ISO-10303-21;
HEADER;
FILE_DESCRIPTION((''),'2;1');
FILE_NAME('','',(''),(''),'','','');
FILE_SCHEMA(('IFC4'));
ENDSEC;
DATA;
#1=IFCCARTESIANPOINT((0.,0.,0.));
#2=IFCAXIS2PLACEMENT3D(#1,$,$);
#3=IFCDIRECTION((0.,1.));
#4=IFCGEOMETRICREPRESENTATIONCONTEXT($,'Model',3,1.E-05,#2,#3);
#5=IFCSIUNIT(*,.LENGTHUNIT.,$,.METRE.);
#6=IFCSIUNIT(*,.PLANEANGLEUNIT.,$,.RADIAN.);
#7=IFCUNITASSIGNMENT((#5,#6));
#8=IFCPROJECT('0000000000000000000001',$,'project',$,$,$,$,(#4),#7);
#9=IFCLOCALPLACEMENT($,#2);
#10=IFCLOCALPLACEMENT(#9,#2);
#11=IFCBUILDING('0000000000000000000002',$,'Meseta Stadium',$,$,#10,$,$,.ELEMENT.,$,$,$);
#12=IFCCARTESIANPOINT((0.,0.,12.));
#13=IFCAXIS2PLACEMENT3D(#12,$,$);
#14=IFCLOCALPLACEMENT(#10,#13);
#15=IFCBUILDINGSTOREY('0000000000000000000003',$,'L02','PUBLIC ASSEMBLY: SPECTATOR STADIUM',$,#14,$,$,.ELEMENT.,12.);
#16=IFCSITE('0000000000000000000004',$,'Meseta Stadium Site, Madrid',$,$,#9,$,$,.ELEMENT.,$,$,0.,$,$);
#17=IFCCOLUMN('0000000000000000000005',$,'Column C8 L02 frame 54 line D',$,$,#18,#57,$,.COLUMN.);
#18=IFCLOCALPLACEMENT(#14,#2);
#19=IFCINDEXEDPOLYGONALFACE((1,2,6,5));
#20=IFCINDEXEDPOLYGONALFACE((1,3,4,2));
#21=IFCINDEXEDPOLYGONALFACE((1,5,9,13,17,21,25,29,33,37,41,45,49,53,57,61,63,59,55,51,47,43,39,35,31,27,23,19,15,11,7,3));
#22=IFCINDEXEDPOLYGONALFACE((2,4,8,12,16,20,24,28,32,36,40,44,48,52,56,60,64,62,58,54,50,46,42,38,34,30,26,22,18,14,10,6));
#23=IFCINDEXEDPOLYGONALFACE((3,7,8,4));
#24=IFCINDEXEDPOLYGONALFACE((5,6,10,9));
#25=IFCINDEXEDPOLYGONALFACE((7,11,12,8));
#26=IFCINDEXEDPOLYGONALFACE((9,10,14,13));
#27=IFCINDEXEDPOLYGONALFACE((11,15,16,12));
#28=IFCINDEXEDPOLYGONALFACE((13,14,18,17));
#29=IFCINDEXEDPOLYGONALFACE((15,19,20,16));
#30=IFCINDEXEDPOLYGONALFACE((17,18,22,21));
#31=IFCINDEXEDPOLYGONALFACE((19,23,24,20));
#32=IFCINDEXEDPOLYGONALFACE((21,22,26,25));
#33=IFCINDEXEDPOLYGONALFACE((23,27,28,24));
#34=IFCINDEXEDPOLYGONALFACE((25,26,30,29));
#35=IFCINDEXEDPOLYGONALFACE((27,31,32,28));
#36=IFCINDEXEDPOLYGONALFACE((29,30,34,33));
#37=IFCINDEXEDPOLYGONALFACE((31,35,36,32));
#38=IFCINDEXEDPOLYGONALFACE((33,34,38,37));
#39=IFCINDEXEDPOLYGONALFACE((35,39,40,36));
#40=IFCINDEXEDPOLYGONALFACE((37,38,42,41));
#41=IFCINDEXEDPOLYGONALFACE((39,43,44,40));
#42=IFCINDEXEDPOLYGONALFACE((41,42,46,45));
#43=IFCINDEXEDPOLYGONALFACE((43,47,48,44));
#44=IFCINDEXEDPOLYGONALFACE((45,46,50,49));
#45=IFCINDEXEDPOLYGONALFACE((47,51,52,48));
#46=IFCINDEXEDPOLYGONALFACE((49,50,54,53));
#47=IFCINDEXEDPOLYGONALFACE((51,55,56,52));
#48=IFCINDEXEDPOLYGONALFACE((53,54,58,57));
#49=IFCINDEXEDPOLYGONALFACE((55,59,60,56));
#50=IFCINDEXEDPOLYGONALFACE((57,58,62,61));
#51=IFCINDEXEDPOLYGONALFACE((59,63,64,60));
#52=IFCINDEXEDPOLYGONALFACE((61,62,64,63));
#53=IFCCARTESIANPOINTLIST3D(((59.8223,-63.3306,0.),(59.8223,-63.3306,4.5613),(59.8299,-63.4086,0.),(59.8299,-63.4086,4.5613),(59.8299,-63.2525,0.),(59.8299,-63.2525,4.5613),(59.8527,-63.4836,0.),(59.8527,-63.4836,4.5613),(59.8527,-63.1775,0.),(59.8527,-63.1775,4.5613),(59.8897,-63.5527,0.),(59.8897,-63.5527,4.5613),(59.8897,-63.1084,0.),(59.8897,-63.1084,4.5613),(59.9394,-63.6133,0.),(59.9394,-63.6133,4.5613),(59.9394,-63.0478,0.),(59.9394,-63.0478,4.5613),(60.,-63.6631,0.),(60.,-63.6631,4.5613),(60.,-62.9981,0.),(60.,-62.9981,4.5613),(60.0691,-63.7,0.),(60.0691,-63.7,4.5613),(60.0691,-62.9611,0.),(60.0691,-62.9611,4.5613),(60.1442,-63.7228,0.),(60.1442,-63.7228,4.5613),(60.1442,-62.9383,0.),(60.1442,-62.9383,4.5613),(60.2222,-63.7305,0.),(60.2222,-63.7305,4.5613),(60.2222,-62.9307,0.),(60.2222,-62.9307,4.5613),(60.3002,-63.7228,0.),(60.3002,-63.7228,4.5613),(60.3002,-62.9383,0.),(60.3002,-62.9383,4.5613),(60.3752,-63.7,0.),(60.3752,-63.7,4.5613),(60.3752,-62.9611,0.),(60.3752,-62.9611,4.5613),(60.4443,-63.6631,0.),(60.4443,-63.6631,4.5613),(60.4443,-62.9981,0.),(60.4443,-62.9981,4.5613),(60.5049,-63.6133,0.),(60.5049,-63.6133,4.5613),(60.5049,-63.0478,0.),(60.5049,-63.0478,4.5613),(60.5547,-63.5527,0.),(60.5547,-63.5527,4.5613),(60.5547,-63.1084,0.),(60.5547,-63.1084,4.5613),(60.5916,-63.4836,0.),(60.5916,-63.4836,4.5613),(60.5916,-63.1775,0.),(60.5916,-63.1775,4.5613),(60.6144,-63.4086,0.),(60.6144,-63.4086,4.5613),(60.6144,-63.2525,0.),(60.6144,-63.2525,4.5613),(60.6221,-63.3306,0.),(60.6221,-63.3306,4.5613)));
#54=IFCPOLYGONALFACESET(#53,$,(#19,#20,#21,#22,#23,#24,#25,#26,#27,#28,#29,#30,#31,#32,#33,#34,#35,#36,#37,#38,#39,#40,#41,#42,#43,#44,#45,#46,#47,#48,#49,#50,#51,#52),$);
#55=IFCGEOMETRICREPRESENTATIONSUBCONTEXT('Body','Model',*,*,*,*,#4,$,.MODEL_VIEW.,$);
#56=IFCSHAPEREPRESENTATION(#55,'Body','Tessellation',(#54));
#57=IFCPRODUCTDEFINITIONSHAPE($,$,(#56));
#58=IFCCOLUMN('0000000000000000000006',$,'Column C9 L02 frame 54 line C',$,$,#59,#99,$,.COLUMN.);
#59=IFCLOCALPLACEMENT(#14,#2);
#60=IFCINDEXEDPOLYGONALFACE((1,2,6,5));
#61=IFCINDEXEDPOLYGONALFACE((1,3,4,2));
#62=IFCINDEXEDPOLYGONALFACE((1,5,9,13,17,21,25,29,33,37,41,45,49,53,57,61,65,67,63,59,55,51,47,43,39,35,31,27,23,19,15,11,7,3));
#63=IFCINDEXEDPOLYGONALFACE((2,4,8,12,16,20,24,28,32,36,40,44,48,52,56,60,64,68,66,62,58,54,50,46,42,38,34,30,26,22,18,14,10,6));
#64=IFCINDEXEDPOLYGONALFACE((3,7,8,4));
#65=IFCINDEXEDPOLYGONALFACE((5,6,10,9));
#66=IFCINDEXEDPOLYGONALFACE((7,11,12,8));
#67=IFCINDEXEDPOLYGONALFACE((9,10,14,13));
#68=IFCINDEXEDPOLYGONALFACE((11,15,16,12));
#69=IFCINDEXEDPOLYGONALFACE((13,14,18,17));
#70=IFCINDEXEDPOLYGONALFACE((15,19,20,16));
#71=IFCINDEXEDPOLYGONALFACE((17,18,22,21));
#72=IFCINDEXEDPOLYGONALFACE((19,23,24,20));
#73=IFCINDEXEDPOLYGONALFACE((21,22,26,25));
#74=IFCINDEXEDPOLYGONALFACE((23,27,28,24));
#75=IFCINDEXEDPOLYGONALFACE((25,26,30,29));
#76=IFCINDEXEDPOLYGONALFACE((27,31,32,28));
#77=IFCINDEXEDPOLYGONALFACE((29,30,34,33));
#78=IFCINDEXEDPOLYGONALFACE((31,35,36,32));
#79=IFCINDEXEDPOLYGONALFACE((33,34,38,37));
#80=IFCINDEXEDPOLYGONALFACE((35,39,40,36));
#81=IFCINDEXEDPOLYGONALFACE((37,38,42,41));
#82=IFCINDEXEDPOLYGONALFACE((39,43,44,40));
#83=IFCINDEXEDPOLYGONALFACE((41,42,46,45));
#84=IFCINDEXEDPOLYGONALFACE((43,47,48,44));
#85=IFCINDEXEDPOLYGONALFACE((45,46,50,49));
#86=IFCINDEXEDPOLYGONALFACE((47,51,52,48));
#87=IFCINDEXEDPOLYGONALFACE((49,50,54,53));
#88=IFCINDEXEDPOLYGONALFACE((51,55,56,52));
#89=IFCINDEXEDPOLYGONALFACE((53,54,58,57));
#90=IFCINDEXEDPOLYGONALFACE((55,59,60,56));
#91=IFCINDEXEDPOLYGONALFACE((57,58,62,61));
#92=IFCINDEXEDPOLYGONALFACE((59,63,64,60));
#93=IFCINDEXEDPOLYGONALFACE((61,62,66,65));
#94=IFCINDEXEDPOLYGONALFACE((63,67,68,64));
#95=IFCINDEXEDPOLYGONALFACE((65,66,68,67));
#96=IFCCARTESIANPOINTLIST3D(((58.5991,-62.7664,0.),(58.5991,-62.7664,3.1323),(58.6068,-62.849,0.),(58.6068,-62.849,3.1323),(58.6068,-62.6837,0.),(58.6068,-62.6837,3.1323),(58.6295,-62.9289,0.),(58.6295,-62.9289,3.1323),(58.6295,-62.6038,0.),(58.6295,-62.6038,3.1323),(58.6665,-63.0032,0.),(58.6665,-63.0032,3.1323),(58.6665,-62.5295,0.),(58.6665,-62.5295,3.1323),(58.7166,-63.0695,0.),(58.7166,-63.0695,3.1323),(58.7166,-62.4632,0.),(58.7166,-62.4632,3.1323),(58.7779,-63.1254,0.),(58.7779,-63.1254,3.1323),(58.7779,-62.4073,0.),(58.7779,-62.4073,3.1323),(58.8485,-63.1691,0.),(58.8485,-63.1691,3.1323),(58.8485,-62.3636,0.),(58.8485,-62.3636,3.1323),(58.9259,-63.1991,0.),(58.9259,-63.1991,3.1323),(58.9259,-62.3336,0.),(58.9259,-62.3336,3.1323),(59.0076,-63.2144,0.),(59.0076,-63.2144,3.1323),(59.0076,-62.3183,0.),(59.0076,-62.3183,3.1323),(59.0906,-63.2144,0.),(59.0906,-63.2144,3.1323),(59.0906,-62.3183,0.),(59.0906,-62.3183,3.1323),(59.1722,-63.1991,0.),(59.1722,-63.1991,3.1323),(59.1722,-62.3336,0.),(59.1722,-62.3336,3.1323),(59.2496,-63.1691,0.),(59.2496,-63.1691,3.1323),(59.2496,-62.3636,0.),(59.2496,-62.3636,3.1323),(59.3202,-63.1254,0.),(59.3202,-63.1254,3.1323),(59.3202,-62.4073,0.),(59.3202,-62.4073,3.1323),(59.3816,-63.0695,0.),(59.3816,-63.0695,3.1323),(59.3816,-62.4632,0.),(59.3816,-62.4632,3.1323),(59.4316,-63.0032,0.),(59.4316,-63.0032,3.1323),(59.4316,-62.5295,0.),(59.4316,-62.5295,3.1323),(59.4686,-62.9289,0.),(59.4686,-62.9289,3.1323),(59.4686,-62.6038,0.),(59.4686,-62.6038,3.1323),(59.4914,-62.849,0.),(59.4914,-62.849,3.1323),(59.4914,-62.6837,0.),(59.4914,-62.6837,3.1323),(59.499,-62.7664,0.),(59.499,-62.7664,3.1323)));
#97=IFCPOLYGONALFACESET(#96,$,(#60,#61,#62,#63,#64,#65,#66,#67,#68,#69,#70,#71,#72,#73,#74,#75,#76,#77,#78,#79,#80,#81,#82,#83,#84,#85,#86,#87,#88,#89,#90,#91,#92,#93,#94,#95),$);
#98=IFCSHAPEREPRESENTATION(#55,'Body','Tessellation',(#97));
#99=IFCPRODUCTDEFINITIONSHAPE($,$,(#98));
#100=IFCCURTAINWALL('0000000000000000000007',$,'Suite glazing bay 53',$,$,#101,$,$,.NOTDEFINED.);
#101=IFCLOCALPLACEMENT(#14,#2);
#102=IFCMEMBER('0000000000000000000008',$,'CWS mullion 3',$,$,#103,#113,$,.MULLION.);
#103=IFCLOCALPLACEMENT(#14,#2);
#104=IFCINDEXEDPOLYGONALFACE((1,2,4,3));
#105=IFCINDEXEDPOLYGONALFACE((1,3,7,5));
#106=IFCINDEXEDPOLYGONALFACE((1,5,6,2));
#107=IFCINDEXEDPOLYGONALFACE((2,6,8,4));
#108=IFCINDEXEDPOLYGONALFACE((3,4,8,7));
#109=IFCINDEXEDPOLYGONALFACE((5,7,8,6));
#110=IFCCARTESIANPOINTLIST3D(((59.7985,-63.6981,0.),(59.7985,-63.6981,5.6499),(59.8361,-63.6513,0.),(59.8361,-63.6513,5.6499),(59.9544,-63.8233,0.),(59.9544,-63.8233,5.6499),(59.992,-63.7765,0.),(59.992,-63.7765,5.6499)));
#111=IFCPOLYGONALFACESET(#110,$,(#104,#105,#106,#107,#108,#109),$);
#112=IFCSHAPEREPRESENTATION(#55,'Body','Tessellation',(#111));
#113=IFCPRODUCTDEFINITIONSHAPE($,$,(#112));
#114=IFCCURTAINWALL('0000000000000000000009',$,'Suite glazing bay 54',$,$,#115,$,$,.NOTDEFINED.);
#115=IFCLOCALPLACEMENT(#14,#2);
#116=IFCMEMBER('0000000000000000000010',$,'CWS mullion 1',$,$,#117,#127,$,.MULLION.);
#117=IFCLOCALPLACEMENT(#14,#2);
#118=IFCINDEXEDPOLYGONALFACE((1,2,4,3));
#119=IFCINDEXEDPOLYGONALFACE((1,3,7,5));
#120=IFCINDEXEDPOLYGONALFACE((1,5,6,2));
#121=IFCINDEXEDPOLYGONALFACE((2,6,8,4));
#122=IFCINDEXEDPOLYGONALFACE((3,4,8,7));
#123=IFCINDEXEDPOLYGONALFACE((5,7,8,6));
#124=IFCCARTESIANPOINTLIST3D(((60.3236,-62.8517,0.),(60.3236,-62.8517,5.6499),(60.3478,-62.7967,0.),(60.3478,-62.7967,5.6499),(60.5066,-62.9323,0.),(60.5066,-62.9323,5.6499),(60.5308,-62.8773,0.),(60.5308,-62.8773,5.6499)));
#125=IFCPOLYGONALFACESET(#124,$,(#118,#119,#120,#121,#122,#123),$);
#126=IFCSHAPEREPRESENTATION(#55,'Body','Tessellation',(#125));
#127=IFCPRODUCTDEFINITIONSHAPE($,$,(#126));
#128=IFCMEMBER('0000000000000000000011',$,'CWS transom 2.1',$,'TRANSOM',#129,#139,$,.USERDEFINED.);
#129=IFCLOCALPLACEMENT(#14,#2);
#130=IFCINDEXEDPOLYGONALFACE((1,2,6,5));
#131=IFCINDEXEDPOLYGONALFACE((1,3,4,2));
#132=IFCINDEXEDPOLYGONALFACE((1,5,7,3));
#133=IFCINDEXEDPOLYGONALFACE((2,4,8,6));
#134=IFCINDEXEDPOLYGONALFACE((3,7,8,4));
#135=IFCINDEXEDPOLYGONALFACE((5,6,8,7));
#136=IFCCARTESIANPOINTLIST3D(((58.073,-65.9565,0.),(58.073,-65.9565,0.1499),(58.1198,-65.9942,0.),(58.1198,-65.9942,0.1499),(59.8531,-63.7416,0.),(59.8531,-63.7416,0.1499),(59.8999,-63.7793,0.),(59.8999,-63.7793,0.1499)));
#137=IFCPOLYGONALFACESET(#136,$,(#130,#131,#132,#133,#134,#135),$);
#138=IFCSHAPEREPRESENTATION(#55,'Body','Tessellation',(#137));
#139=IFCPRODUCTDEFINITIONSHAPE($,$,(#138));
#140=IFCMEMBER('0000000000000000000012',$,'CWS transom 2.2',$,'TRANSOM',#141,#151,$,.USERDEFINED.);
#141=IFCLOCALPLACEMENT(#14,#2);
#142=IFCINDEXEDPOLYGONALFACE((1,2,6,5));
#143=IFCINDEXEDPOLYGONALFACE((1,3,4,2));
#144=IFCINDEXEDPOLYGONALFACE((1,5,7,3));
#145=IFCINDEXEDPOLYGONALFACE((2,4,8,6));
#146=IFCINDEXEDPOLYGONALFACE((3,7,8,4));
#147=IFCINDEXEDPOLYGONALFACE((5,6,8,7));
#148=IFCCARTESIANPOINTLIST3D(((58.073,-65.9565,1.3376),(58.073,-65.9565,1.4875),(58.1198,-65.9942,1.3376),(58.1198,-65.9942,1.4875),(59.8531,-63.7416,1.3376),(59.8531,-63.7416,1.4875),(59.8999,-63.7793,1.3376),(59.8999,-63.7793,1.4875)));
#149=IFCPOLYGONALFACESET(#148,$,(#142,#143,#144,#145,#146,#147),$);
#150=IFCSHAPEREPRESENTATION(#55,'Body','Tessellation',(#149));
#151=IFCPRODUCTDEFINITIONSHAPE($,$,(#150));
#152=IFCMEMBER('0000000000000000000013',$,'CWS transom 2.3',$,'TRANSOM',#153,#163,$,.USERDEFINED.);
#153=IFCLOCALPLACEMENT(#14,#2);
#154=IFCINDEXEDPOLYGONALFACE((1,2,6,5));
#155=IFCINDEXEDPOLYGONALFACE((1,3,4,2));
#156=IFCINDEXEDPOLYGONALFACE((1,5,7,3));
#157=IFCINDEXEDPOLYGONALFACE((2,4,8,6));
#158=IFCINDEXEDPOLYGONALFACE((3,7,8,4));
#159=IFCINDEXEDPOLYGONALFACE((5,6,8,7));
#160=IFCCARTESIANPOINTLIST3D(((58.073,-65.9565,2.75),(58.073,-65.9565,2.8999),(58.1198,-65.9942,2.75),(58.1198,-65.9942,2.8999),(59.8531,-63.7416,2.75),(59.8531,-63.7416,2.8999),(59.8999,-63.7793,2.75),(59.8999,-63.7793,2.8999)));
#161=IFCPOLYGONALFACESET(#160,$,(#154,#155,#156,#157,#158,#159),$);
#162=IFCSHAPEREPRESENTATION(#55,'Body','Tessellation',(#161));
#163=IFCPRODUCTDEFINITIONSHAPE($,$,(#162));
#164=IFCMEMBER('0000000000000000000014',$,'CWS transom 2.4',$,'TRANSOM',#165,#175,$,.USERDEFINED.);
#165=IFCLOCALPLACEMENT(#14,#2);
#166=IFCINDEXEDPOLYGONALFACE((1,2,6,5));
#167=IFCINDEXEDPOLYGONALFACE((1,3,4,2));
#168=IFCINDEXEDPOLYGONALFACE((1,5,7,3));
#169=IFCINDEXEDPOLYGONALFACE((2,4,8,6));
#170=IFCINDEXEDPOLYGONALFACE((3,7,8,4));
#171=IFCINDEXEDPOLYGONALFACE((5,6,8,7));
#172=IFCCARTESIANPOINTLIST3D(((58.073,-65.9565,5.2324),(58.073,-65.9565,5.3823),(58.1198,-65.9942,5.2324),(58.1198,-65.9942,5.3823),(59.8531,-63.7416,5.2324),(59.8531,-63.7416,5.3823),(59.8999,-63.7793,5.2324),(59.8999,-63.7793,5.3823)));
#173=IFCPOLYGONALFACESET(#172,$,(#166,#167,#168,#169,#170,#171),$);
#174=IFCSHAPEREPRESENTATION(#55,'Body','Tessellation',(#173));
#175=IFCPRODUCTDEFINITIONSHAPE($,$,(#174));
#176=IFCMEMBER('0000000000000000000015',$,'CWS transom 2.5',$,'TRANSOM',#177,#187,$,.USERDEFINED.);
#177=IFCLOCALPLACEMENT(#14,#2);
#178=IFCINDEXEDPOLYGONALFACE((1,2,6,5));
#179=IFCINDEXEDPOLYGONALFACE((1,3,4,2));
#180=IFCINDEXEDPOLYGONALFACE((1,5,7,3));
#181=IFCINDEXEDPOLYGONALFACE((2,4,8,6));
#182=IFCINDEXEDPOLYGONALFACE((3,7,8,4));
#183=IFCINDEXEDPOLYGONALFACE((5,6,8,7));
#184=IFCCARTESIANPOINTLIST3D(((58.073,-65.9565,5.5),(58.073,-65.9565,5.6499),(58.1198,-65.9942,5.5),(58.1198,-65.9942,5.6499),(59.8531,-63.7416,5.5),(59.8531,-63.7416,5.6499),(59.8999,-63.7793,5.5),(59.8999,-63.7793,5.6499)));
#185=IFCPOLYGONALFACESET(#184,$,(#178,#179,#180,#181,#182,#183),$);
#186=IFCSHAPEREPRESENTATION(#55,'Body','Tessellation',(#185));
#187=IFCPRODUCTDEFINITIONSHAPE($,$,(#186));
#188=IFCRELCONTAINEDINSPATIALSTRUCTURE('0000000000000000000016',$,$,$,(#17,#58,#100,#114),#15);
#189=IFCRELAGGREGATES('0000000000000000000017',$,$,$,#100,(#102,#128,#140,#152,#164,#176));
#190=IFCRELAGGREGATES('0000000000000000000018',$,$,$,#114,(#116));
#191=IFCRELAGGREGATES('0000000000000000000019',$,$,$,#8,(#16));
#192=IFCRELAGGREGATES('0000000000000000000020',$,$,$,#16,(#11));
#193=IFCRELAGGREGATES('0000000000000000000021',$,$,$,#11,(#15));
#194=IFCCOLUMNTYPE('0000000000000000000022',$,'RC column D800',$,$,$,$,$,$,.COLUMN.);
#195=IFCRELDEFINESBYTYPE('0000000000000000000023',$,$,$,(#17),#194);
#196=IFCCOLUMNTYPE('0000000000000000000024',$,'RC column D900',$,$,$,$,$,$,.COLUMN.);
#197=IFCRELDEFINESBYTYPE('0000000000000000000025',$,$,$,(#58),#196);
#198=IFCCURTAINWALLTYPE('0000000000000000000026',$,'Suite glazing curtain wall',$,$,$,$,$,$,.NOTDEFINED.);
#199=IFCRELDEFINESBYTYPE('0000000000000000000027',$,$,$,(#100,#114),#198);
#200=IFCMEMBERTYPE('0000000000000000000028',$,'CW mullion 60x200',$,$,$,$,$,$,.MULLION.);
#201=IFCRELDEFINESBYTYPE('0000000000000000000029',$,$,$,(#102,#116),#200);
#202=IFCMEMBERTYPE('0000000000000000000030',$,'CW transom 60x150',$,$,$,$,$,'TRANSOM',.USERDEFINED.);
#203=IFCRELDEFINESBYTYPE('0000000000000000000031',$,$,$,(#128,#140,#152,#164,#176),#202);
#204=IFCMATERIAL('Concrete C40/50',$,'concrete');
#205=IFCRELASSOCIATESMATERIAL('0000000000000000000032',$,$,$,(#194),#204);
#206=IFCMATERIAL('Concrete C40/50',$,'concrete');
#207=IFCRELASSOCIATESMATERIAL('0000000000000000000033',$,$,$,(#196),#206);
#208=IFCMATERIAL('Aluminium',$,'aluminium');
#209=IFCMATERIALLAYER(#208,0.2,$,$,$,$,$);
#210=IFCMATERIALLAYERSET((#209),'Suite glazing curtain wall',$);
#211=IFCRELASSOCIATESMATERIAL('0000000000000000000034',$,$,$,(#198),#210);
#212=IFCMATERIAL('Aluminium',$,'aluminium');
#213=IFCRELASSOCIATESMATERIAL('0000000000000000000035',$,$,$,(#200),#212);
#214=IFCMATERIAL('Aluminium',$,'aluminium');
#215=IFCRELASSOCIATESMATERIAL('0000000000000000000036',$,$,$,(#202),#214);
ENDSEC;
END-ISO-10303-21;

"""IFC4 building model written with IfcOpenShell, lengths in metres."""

from ifc_helpers import new_model, si_unit, direction, frame, origin, origin_2d, place, context, subcontext, project, spatial, rectangle, circle, extrude, material, layer, layer_set, material_profile, profile_set, type_object, element, aggregate, save


model = new_model("IFC4")

# Units and contexts
model_context = context("Model", 3, precision=1e-05, world=origin(), true_north=direction((0.0, 1.0)))
body_context = subcontext(model_context, "Body", "Model", "MODEL_VIEW")
ifc_project = project(units=[si_unit("LENGTHUNIT", "METRE"), si_unit("PLANEANGLEUNIT", "RADIAN")], contexts=[model_context])

# Site, building, storey
site_placement = place(None, origin())
site = spatial("IfcSite", under=ifc_project, at=site_placement, Name="Meseta Stadium Site, Madrid", CompositionType="ELEMENT", RefElevation=0.0)
building_placement = place(site_placement, origin())
building = spatial("IfcBuilding", under=site, at=building_placement, Name="Meseta Stadium", CompositionType="ELEMENT")
storey_placement = place(building_placement, frame((0.0, 0.0, 12.0)))
storey = spatial("IfcBuildingStorey", under=building, at=storey_placement, Name="L02", Description="PUBLIC ASSEMBLY: SPECTATOR STADIUM", CompositionType="ELEMENT", Elevation=12.0)

# Columns
ifc_material_1 = material(Name="Concrete C40/50", Category="concrete")
ifc_material_profile_1 = material_profile(ifc_material_1, circle(Radius=0.3999, at=origin_2d()), Name="RC D800")
ifc_profile_set_1 = profile_set([ifc_material_profile_1], Name="Concrete C40/50")
column_type_1 = type_object("IfcColumnType", Name="RC column D800", PredefinedType="COLUMN", material=ifc_profile_set_1)
column_1_placement = place(storey_placement, frame((60.2222, -63.3306, 0.0), z_axis=(0.0, 0.0, 1.0), x_axis=(1.0, 0.0, 0.0)))
element("IfcColumn", 1, at=column_1_placement, inside=storey, type_object=column_type_1, Name="Column C8 L02 frame 54 line D", PredefinedType="COLUMN", context=body_context, shape_type="SweptSolid", body=[
    extrude(circle(Radius=0.3999, at=origin_2d()), origin(), (0.0, 0.0, 1.0), 4.5613),
])
ifc_material_2 = material(Name="Concrete C40/50", Category="concrete")
ifc_material_profile_2 = material_profile(ifc_material_2, circle(Radius=0.45, at=origin_2d()), Name="RC D900")
ifc_profile_set_2 = profile_set([ifc_material_profile_2], Name="Concrete C40/50")
column_type_2 = type_object("IfcColumnType", Name="RC column D900", PredefinedType="COLUMN", material=ifc_profile_set_2)
column_2_placement = place(storey_placement, frame((59.0491, -62.7664, 0.0), z_axis=(0.0, 0.0, 1.0), x_axis=(1.0, 0.0, 0.0)))
element("IfcColumn", 2, at=column_2_placement, inside=storey, type_object=column_type_2, Name="Column C9 L02 frame 54 line C", PredefinedType="COLUMN", context=body_context, shape_type="SweptSolid", body=[
    extrude(circle(Radius=0.45, at=origin_2d()), origin(), (0.0, 0.0, 1.0), 3.1323),
])

# Curtain walls, members
ifc_material_3 = material(Name="Aluminium", Category="aluminium")
ifc_layer_1 = layer(ifc_material_3, 0.2)
ifc_layer_set_1 = layer_set([ifc_layer_1], Name="Suite glazing curtain wall")
curtain_wall_type = type_object("IfcCurtainWallType", Name="Suite glazing curtain wall", PredefinedType="NOTDEFINED", material=ifc_layer_set_1)
curtain_wall_1_placement = place(storey_placement, origin())
curtain_wall_1 = element("IfcCurtainWall", 3, at=curtain_wall_1_placement, inside=storey, type_object=curtain_wall_type, Name="Suite glazing bay 53", PredefinedType="NOTDEFINED")
ifc_material_4 = material(Name="Aluminium", Category="aluminium")
ifc_material_profile_3 = material_profile(ifc_material_4, rectangle(XDim=0.2, YDim=0.0601, at=origin_2d()), Name="CW 200x60")
ifc_profile_set_3 = profile_set([ifc_material_profile_3], Name="Aluminium")
member_type_1 = type_object("IfcMemberType", Name="CW mullion 60x200", PredefinedType="MULLION", material=ifc_profile_set_3)
member_1_placement = place(storey_placement, frame((59.8953, -63.7373, 0.0), z_axis=(0.0, 0.0, 1.0), x_axis=(-0.779454, 0.62646, 0.0)))
member_1 = element("IfcMember", 4, at=member_1_placement, type_object=member_type_1, Name="CWS mullion 3", PredefinedType="MULLION", context=body_context, shape_type="SweptSolid", body=[
    extrude(rectangle(XDim=0.2, YDim=0.0601, at=origin_2d()), origin(), (0.0, 0.0, 1.0), 5.6499),
])
curtain_wall_2_placement = place(storey_placement, origin())
curtain_wall_2 = element("IfcCurtainWall", 5, at=curtain_wall_2_placement, inside=storey, type_object=curtain_wall_type, Name="Suite glazing bay 54", PredefinedType="NOTDEFINED")
member_2_placement = place(storey_placement, frame((60.4272, -62.8645, 0.0), z_axis=(0.0, 0.0, 1.0), x_axis=(-0.915207, 0.402983, 0.0)))
member_2 = element("IfcMember", 6, at=member_2_placement, type_object=member_type_1, Name="CWS mullion 1", PredefinedType="MULLION", context=body_context, shape_type="SweptSolid", body=[
    extrude(rectangle(XDim=0.2, YDim=0.0601, at=origin_2d()), origin(), (0.0, 0.0, 1.0), 5.6499),
])

# Members
ifc_material_5 = material(Name="Aluminium", Category="aluminium")
ifc_material_profile_4 = material_profile(ifc_material_5, rectangle(XDim=0.0601, YDim=0.1499, at=origin_2d()), Name="CW 60x150")
ifc_profile_set_4 = profile_set([ifc_material_profile_4], Name="Aluminium")
member_type_2 = type_object("IfcMemberType", Name="CW transom 60x150", ElementType="TRANSOM", PredefinedType="USERDEFINED", material=ifc_profile_set_4)
member_3_placement = place(storey_placement, frame((58.0964, -65.9753, 0.075), z_axis=(0.626443, 0.779467, 0.0), x_axis=(-0.779467, 0.626443, 0.0)))
member_3 = element("IfcMember", 7, at=member_3_placement, type_object=member_type_2, Name="CWS transom 2.1", ObjectType="TRANSOM", PredefinedType="USERDEFINED", context=body_context, shape_type="SweptSolid", body=[
    extrude(rectangle(XDim=0.0601, YDim=0.1499, at=origin_2d()), origin(), (0.0, 0.0, 1.0), 2.8416),
])
member_4_placement = place(storey_placement, frame((58.0964, -65.9753, 1.4126), z_axis=(0.626443, 0.779467, 0.0), x_axis=(-0.779467, 0.626443, 0.0)))
member_4 = element("IfcMember", 8, at=member_4_placement, type_object=member_type_2, Name="CWS transom 2.2", ObjectType="TRANSOM", PredefinedType="USERDEFINED", context=body_context, shape_type="SweptSolid", body=[
    extrude(rectangle(XDim=0.0601, YDim=0.1499, at=origin_2d()), origin(), (0.0, 0.0, 1.0), 2.8416),
])
member_5_placement = place(storey_placement, frame((58.0964, -65.9753, 2.825), z_axis=(0.626443, 0.779467, 0.0), x_axis=(-0.779467, 0.626443, 0.0)))
member_5 = element("IfcMember", 9, at=member_5_placement, type_object=member_type_2, Name="CWS transom 2.3", ObjectType="TRANSOM", PredefinedType="USERDEFINED", context=body_context, shape_type="SweptSolid", body=[
    extrude(rectangle(XDim=0.0601, YDim=0.1499, at=origin_2d()), origin(), (0.0, 0.0, 1.0), 2.8416),
])
member_6_placement = place(storey_placement, frame((58.0964, -65.9753, 5.3074), z_axis=(0.626443, 0.779467, 0.0), x_axis=(-0.779467, 0.626443, 0.0)))
member_6 = element("IfcMember", 10, at=member_6_placement, type_object=member_type_2, Name="CWS transom 2.4", ObjectType="TRANSOM", PredefinedType="USERDEFINED", context=body_context, shape_type="SweptSolid", body=[
    extrude(rectangle(XDim=0.0601, YDim=0.1499, at=origin_2d()), origin(), (0.0, 0.0, 1.0), 2.8416),
])
member_7_placement = place(storey_placement, frame((58.0964, -65.9753, 5.575), z_axis=(0.626443, 0.779467, 0.0), x_axis=(-0.779467, 0.626443, 0.0)))
member_7 = element("IfcMember", 11, at=member_7_placement, type_object=member_type_2, Name="CWS transom 2.5", ObjectType="TRANSOM", PredefinedType="USERDEFINED", context=body_context, shape_type="SweptSolid", body=[
    extrude(rectangle(XDim=0.0601, YDim=0.1499, at=origin_2d()), origin(), (0.0, 0.0, 1.0), 2.8416),
])

aggregate(curtain_wall_1, [member_1, member_3, member_4, member_5, member_6, member_7])
aggregate(curtain_wall_2, [member_2])

save(model, "model.ifc")
